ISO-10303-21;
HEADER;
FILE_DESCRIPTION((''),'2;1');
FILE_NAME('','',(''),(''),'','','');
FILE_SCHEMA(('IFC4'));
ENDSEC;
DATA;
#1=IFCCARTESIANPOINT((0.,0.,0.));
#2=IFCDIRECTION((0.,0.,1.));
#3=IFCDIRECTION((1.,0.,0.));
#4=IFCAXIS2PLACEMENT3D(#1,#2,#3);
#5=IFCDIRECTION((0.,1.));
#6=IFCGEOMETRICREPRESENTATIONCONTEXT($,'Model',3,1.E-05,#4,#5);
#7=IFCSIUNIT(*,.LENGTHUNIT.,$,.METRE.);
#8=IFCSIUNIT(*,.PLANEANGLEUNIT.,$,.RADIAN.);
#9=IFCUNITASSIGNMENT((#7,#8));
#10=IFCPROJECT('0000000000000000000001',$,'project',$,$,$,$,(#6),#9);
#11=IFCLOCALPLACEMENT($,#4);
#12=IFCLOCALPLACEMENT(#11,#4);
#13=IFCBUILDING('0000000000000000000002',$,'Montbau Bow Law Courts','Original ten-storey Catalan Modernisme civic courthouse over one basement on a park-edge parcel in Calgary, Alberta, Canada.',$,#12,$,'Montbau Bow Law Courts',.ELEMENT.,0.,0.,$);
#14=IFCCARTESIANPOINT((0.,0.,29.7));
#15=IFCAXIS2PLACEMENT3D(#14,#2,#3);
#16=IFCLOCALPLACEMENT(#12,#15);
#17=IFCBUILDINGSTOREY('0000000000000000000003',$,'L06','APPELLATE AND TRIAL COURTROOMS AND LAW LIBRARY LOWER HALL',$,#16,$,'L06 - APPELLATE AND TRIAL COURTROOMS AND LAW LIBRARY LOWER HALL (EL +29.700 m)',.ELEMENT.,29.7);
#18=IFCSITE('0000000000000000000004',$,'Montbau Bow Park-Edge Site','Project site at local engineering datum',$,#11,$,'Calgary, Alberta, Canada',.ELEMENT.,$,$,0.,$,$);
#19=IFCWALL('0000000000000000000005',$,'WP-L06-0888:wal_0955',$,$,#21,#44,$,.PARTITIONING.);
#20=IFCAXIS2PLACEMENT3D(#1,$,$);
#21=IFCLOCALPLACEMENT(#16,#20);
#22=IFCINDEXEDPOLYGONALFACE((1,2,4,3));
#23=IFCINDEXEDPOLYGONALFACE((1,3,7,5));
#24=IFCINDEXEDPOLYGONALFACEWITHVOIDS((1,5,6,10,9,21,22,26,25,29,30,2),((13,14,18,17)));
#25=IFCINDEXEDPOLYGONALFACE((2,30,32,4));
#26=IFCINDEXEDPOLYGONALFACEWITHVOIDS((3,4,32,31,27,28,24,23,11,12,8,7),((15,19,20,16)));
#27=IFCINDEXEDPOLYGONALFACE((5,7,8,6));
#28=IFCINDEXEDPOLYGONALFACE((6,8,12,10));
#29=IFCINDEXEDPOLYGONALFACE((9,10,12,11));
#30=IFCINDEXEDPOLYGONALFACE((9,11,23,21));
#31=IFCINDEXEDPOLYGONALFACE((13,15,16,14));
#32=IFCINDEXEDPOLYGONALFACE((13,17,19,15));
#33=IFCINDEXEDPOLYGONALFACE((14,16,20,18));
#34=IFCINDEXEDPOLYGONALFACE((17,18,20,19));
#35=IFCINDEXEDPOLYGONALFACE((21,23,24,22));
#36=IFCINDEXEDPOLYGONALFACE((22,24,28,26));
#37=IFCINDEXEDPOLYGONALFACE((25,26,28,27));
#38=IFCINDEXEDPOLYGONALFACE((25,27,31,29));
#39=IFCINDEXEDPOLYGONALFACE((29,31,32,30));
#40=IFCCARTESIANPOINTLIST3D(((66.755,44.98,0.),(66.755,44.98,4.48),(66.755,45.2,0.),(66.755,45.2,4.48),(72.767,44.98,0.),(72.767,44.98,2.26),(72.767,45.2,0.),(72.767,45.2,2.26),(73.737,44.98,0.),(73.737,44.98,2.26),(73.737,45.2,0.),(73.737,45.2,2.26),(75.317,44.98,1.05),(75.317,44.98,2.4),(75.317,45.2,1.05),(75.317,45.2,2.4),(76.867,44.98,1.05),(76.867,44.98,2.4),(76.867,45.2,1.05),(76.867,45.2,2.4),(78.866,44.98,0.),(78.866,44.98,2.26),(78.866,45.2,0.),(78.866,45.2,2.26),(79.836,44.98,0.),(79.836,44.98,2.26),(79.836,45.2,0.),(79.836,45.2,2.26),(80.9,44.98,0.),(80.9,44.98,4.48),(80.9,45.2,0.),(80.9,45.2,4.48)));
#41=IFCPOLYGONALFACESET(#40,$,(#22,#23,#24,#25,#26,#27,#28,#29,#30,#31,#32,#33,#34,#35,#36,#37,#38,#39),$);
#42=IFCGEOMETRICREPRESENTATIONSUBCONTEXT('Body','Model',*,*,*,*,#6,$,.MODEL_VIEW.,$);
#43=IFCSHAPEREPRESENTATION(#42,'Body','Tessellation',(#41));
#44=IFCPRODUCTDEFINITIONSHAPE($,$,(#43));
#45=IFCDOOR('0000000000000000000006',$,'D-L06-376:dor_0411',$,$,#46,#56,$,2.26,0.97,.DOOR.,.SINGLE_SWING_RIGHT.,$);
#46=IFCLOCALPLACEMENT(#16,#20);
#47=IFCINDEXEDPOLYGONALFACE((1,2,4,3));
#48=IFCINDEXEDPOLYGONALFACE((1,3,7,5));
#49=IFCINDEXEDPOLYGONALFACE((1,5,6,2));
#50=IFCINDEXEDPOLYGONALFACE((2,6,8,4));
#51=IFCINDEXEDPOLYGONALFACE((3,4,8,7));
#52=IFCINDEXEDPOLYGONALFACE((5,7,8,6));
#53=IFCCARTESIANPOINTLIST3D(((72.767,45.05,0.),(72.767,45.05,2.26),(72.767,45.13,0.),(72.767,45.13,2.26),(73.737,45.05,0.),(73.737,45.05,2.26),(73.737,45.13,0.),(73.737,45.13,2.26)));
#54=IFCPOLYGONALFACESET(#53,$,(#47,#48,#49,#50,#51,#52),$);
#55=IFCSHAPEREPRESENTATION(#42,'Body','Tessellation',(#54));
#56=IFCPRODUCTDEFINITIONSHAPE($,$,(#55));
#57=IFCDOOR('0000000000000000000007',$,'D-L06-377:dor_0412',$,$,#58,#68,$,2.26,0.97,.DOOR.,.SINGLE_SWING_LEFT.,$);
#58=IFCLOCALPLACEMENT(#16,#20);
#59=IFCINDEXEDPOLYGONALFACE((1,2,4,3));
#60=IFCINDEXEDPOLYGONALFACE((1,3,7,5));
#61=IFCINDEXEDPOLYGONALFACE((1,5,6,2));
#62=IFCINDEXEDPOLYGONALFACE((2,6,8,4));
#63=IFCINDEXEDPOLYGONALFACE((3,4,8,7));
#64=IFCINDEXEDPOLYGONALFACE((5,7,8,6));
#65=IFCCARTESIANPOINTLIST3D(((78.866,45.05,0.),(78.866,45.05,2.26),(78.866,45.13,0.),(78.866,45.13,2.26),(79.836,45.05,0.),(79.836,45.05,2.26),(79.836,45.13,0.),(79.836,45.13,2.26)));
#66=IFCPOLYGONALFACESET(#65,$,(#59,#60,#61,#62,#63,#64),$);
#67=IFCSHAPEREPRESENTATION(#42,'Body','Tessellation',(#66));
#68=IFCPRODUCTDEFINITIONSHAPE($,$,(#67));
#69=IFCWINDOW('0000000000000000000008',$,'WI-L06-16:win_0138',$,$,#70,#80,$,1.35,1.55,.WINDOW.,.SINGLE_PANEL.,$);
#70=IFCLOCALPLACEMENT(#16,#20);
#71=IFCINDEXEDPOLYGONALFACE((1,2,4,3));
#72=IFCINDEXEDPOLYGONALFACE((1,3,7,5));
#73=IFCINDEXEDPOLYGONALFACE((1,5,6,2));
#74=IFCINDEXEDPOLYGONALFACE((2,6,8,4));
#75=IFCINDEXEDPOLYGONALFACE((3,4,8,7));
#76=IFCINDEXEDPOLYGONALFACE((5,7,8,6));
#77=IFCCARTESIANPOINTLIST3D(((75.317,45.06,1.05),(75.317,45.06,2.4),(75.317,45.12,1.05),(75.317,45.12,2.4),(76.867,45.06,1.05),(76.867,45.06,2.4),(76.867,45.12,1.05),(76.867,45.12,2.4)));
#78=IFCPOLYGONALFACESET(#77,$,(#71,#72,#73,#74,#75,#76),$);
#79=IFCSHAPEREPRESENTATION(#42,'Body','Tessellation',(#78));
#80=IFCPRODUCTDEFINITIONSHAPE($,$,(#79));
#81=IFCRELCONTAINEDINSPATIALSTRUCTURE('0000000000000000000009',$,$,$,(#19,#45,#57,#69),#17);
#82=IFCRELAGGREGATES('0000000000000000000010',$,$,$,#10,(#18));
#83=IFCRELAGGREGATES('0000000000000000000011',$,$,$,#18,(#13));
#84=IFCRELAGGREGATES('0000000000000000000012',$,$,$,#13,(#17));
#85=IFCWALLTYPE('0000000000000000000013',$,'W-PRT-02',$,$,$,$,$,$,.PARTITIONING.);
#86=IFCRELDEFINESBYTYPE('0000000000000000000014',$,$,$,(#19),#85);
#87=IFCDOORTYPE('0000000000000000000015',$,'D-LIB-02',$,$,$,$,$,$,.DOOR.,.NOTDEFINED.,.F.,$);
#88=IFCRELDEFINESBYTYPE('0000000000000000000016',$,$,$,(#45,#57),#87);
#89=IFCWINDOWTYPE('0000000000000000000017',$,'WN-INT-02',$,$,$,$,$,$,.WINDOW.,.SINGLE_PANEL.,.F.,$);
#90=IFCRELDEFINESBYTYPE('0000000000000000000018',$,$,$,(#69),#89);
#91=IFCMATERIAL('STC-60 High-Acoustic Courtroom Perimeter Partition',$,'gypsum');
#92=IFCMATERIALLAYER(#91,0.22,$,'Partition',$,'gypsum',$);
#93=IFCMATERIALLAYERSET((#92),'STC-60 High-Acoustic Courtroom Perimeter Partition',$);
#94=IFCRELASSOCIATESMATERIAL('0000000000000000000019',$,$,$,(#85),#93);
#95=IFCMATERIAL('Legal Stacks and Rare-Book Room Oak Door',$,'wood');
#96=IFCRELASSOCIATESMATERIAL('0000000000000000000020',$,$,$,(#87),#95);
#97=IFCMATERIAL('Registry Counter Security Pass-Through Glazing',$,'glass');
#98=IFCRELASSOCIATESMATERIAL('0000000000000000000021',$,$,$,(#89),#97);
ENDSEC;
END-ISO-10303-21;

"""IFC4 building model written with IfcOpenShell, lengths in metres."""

from ifc_helpers import new_model, si_unit, direction, frame, frame_2d, origin_with_axes, place, context, subcontext, project, spatial, rectangle, extrude, material, layer, layer_set, type_object, element, fill, save


model = new_model("IFC4")

# Units and contexts
model_context = context("Model", 3, precision=1e-05, world=origin_with_axes(), true_north=direction((0.0, 1.0)))
body_context = subcontext(model_context, "Body", "Model", "MODEL_VIEW")
ifc_project = project(units=[si_unit("LENGTHUNIT", "METRE"), si_unit("PLANEANGLEUNIT", "RADIAN")], contexts=[model_context])

# Site, building, storey
site_placement = place(None, origin_with_axes())
site = spatial("IfcSite", under=ifc_project, at=site_placement, Name="Montbau Bow Park-Edge Site", Description="Project site at local engineering datum", LongName="Calgary, Alberta, Canada", CompositionType="ELEMENT", RefElevation=0.0)
building_placement = place(site_placement, origin_with_axes())
building = spatial("IfcBuilding", under=site, at=building_placement, Name="Montbau Bow Law Courts", Description="Original ten-storey Catalan Modernisme civic courthouse over one basement on a park-edge parcel in Calgary, Alberta, Canada.", LongName="Montbau Bow Law Courts", CompositionType="ELEMENT", ElevationOfRefHeight=0.0, ElevationOfTerrain=0.0)
storey_placement = place(building_placement, frame((0.0, 0.0, 29.7), z_axis=(0.0, 0.0, 1.0), x_axis=(1.0, 0.0, 0.0)))
storey = spatial("IfcBuildingStorey", under=building, at=storey_placement, Name="L06", Description="APPELLATE AND TRIAL COURTROOMS AND LAW LIBRARY LOWER HALL", LongName="L06 - APPELLATE AND TRIAL COURTROOMS AND LAW LIBRARY LOWER HALL (EL +29.700 m)", CompositionType="ELEMENT", Elevation=29.7)

# Wall, openings, doors, window
ifc_material_1 = material(Name="STC-60 High-Acoustic Courtroom Perimeter Partition", Category="gypsum")
ifc_layer_1 = layer(ifc_material_1, 0.22, Name="Partition", Category="gypsum")
ifc_layer_set_1 = layer_set([ifc_layer_1], Name="STC-60 High-Acoustic Courtroom Perimeter Partition")
wall_type_1 = type_object("IfcWallType", Name="W-PRT-02", PredefinedType="PARTITIONING", material=ifc_layer_set_1)
wall_1_placement = place(None, frame((66.755, 45.09, 29.7), z_axis=(0.0, 0.0, 1.0), x_axis=(1.0, 0.0, 0.0)))
wall_1 = element("IfcWall", 1, at=wall_1_placement, inside=storey, type_object=wall_type_1, Name="WP-L06-0888:wal_0955", PredefinedType="PARTITIONING", context=body_context, shape_type="SweptSolid", body=[
    extrude(rectangle(XDim=14.145, YDim=0.22, at=frame_2d((7.0725, 0.0), x_axis=(1.0, 0.0))), origin_with_axes(), (0.0, 0.0, 1.0), 4.48),
])
opening_1_placement = place(None, frame((73.252, 45.09, 29.7), z_axis=(0.0, 0.0, 1.0), x_axis=(1.0, 0.0, 0.0)))
opening_1 = element("IfcOpeningElement", 2, at=opening_1_placement, cuts=wall_1, PredefinedType="OPENING", context=body_context, shape_type="SweptSolid", body=[
    extrude(rectangle(XDim=0.97, YDim=2.26, at=frame_2d((0.0, 1.13), x_axis=(1.0, 0.0))), frame((0.0, 0.12, 0.0), z_axis=(0.0, -1.0, 0.0), x_axis=(1.0, 0.0, 0.0)), (0.0, 0.0, 1.0), 0.24),
])
opening_2_placement = place(None, frame((79.351, 45.09, 29.7), z_axis=(0.0, 0.0, 1.0), x_axis=(1.0, 0.0, 0.0)))
opening_2 = element("IfcOpeningElement", 3, at=opening_2_placement, cuts=wall_1, PredefinedType="OPENING", context=body_context, shape_type="SweptSolid", body=[
    extrude(rectangle(XDim=0.97, YDim=2.26, at=frame_2d((0.0, 1.13), x_axis=(1.0, 0.0))), frame((0.0, 0.12, 0.0), z_axis=(0.0, -1.0, 0.0), x_axis=(1.0, 0.0, 0.0)), (0.0, 0.0, 1.0), 0.24),
])
opening_3_placement = place(None, frame((76.092, 45.09, 30.75), z_axis=(0.0, 0.0, 1.0), x_axis=(1.0, 0.0, 0.0)))
opening_3 = element("IfcOpeningElement", 4, at=opening_3_placement, cuts=wall_1, PredefinedType="OPENING", context=body_context, shape_type="SweptSolid", body=[
    extrude(rectangle(XDim=1.55, YDim=1.35, at=frame_2d((0.0, 0.675), x_axis=(1.0, 0.0))), frame((0.0, 0.12, 0.0), z_axis=(0.0, -1.0, 0.0), x_axis=(1.0, 0.0, 0.0)), (0.0, 0.0, 1.0), 0.24),
])
ifc_material_2 = material(Name="Legal Stacks and Rare-Book Room Oak Door", Category="wood")
door_type = type_object("IfcDoorType", Name="D-LIB-02", OperationType="NOTDEFINED", ParameterTakesPrecedence=False, PredefinedType="DOOR", material=ifc_material_2)
door_1_placement = place(None, frame((73.252, 45.09, 29.7), z_axis=(0.0, 0.0, 1.0), x_axis=(-1.0, 0.0, 0.0)))
door_1 = element("IfcDoor", 5, at=door_1_placement, inside=storey, type_object=door_type, Name="D-L06-376:dor_0411", OperationType="SINGLE_SWING_RIGHT", OverallHeight=2.26, OverallWidth=0.97, PredefinedType="DOOR", context=body_context, shape_type="SweptSolid", body=[
    extrude(rectangle(XDim=0.97, YDim=2.26, at=frame_2d((0.0, 1.13), x_axis=(1.0, 0.0))), frame((0.0, 0.04, 0.0), z_axis=(0.0, -1.0, 0.0), x_axis=(1.0, 0.0, 0.0)), (0.0, 0.0, 1.0), 0.08),
])
fill(opening_1, door_1)
door_2_placement = place(None, frame((79.351, 45.09, 29.7), z_axis=(0.0, 0.0, 1.0), x_axis=(-1.0, 0.0, 0.0)))
door_2 = element("IfcDoor", 6, at=door_2_placement, inside=storey, type_object=door_type, Name="D-L06-377:dor_0412", OperationType="SINGLE_SWING_LEFT", OverallHeight=2.26, OverallWidth=0.97, PredefinedType="DOOR", context=body_context, shape_type="SweptSolid", body=[
    extrude(rectangle(XDim=0.97, YDim=2.26, at=frame_2d((0.0, 1.13), x_axis=(1.0, 0.0))), frame((0.0, 0.04, 0.0), z_axis=(0.0, -1.0, 0.0), x_axis=(1.0, 0.0, 0.0)), (0.0, 0.0, 1.0), 0.08),
])
fill(opening_2, door_2)
ifc_material_3 = material(Name="Registry Counter Security Pass-Through Glazing", Category="glass")
window_type = type_object("IfcWindowType", Name="WN-INT-02", ParameterTakesPrecedence=False, PartitioningType="SINGLE_PANEL", PredefinedType="WINDOW", material=ifc_material_3)
window_placement = place(None, frame((76.092, 45.09, 30.75), z_axis=(0.0, 0.0, 1.0), x_axis=(1.0, 0.0, 0.0)))
window = element("IfcWindow", 7, at=window_placement, inside=storey, type_object=window_type, Name="WI-L06-16:win_0138", OverallHeight=1.35, OverallWidth=1.55, PartitioningType="SINGLE_PANEL", PredefinedType="WINDOW", context=body_context, shape_type="SweptSolid", body=[
    extrude(rectangle(XDim=1.55, YDim=1.35, at=frame_2d((0.0, 0.675), x_axis=(1.0, 0.0))), frame((0.0, 0.03, 0.0), z_axis=(0.0, -1.0, 0.0), x_axis=(1.0, 0.0, 0.0)), (0.0, 0.0, 1.0), 0.06),
])
fill(opening_3, window)

save(model, "model.ifc")
